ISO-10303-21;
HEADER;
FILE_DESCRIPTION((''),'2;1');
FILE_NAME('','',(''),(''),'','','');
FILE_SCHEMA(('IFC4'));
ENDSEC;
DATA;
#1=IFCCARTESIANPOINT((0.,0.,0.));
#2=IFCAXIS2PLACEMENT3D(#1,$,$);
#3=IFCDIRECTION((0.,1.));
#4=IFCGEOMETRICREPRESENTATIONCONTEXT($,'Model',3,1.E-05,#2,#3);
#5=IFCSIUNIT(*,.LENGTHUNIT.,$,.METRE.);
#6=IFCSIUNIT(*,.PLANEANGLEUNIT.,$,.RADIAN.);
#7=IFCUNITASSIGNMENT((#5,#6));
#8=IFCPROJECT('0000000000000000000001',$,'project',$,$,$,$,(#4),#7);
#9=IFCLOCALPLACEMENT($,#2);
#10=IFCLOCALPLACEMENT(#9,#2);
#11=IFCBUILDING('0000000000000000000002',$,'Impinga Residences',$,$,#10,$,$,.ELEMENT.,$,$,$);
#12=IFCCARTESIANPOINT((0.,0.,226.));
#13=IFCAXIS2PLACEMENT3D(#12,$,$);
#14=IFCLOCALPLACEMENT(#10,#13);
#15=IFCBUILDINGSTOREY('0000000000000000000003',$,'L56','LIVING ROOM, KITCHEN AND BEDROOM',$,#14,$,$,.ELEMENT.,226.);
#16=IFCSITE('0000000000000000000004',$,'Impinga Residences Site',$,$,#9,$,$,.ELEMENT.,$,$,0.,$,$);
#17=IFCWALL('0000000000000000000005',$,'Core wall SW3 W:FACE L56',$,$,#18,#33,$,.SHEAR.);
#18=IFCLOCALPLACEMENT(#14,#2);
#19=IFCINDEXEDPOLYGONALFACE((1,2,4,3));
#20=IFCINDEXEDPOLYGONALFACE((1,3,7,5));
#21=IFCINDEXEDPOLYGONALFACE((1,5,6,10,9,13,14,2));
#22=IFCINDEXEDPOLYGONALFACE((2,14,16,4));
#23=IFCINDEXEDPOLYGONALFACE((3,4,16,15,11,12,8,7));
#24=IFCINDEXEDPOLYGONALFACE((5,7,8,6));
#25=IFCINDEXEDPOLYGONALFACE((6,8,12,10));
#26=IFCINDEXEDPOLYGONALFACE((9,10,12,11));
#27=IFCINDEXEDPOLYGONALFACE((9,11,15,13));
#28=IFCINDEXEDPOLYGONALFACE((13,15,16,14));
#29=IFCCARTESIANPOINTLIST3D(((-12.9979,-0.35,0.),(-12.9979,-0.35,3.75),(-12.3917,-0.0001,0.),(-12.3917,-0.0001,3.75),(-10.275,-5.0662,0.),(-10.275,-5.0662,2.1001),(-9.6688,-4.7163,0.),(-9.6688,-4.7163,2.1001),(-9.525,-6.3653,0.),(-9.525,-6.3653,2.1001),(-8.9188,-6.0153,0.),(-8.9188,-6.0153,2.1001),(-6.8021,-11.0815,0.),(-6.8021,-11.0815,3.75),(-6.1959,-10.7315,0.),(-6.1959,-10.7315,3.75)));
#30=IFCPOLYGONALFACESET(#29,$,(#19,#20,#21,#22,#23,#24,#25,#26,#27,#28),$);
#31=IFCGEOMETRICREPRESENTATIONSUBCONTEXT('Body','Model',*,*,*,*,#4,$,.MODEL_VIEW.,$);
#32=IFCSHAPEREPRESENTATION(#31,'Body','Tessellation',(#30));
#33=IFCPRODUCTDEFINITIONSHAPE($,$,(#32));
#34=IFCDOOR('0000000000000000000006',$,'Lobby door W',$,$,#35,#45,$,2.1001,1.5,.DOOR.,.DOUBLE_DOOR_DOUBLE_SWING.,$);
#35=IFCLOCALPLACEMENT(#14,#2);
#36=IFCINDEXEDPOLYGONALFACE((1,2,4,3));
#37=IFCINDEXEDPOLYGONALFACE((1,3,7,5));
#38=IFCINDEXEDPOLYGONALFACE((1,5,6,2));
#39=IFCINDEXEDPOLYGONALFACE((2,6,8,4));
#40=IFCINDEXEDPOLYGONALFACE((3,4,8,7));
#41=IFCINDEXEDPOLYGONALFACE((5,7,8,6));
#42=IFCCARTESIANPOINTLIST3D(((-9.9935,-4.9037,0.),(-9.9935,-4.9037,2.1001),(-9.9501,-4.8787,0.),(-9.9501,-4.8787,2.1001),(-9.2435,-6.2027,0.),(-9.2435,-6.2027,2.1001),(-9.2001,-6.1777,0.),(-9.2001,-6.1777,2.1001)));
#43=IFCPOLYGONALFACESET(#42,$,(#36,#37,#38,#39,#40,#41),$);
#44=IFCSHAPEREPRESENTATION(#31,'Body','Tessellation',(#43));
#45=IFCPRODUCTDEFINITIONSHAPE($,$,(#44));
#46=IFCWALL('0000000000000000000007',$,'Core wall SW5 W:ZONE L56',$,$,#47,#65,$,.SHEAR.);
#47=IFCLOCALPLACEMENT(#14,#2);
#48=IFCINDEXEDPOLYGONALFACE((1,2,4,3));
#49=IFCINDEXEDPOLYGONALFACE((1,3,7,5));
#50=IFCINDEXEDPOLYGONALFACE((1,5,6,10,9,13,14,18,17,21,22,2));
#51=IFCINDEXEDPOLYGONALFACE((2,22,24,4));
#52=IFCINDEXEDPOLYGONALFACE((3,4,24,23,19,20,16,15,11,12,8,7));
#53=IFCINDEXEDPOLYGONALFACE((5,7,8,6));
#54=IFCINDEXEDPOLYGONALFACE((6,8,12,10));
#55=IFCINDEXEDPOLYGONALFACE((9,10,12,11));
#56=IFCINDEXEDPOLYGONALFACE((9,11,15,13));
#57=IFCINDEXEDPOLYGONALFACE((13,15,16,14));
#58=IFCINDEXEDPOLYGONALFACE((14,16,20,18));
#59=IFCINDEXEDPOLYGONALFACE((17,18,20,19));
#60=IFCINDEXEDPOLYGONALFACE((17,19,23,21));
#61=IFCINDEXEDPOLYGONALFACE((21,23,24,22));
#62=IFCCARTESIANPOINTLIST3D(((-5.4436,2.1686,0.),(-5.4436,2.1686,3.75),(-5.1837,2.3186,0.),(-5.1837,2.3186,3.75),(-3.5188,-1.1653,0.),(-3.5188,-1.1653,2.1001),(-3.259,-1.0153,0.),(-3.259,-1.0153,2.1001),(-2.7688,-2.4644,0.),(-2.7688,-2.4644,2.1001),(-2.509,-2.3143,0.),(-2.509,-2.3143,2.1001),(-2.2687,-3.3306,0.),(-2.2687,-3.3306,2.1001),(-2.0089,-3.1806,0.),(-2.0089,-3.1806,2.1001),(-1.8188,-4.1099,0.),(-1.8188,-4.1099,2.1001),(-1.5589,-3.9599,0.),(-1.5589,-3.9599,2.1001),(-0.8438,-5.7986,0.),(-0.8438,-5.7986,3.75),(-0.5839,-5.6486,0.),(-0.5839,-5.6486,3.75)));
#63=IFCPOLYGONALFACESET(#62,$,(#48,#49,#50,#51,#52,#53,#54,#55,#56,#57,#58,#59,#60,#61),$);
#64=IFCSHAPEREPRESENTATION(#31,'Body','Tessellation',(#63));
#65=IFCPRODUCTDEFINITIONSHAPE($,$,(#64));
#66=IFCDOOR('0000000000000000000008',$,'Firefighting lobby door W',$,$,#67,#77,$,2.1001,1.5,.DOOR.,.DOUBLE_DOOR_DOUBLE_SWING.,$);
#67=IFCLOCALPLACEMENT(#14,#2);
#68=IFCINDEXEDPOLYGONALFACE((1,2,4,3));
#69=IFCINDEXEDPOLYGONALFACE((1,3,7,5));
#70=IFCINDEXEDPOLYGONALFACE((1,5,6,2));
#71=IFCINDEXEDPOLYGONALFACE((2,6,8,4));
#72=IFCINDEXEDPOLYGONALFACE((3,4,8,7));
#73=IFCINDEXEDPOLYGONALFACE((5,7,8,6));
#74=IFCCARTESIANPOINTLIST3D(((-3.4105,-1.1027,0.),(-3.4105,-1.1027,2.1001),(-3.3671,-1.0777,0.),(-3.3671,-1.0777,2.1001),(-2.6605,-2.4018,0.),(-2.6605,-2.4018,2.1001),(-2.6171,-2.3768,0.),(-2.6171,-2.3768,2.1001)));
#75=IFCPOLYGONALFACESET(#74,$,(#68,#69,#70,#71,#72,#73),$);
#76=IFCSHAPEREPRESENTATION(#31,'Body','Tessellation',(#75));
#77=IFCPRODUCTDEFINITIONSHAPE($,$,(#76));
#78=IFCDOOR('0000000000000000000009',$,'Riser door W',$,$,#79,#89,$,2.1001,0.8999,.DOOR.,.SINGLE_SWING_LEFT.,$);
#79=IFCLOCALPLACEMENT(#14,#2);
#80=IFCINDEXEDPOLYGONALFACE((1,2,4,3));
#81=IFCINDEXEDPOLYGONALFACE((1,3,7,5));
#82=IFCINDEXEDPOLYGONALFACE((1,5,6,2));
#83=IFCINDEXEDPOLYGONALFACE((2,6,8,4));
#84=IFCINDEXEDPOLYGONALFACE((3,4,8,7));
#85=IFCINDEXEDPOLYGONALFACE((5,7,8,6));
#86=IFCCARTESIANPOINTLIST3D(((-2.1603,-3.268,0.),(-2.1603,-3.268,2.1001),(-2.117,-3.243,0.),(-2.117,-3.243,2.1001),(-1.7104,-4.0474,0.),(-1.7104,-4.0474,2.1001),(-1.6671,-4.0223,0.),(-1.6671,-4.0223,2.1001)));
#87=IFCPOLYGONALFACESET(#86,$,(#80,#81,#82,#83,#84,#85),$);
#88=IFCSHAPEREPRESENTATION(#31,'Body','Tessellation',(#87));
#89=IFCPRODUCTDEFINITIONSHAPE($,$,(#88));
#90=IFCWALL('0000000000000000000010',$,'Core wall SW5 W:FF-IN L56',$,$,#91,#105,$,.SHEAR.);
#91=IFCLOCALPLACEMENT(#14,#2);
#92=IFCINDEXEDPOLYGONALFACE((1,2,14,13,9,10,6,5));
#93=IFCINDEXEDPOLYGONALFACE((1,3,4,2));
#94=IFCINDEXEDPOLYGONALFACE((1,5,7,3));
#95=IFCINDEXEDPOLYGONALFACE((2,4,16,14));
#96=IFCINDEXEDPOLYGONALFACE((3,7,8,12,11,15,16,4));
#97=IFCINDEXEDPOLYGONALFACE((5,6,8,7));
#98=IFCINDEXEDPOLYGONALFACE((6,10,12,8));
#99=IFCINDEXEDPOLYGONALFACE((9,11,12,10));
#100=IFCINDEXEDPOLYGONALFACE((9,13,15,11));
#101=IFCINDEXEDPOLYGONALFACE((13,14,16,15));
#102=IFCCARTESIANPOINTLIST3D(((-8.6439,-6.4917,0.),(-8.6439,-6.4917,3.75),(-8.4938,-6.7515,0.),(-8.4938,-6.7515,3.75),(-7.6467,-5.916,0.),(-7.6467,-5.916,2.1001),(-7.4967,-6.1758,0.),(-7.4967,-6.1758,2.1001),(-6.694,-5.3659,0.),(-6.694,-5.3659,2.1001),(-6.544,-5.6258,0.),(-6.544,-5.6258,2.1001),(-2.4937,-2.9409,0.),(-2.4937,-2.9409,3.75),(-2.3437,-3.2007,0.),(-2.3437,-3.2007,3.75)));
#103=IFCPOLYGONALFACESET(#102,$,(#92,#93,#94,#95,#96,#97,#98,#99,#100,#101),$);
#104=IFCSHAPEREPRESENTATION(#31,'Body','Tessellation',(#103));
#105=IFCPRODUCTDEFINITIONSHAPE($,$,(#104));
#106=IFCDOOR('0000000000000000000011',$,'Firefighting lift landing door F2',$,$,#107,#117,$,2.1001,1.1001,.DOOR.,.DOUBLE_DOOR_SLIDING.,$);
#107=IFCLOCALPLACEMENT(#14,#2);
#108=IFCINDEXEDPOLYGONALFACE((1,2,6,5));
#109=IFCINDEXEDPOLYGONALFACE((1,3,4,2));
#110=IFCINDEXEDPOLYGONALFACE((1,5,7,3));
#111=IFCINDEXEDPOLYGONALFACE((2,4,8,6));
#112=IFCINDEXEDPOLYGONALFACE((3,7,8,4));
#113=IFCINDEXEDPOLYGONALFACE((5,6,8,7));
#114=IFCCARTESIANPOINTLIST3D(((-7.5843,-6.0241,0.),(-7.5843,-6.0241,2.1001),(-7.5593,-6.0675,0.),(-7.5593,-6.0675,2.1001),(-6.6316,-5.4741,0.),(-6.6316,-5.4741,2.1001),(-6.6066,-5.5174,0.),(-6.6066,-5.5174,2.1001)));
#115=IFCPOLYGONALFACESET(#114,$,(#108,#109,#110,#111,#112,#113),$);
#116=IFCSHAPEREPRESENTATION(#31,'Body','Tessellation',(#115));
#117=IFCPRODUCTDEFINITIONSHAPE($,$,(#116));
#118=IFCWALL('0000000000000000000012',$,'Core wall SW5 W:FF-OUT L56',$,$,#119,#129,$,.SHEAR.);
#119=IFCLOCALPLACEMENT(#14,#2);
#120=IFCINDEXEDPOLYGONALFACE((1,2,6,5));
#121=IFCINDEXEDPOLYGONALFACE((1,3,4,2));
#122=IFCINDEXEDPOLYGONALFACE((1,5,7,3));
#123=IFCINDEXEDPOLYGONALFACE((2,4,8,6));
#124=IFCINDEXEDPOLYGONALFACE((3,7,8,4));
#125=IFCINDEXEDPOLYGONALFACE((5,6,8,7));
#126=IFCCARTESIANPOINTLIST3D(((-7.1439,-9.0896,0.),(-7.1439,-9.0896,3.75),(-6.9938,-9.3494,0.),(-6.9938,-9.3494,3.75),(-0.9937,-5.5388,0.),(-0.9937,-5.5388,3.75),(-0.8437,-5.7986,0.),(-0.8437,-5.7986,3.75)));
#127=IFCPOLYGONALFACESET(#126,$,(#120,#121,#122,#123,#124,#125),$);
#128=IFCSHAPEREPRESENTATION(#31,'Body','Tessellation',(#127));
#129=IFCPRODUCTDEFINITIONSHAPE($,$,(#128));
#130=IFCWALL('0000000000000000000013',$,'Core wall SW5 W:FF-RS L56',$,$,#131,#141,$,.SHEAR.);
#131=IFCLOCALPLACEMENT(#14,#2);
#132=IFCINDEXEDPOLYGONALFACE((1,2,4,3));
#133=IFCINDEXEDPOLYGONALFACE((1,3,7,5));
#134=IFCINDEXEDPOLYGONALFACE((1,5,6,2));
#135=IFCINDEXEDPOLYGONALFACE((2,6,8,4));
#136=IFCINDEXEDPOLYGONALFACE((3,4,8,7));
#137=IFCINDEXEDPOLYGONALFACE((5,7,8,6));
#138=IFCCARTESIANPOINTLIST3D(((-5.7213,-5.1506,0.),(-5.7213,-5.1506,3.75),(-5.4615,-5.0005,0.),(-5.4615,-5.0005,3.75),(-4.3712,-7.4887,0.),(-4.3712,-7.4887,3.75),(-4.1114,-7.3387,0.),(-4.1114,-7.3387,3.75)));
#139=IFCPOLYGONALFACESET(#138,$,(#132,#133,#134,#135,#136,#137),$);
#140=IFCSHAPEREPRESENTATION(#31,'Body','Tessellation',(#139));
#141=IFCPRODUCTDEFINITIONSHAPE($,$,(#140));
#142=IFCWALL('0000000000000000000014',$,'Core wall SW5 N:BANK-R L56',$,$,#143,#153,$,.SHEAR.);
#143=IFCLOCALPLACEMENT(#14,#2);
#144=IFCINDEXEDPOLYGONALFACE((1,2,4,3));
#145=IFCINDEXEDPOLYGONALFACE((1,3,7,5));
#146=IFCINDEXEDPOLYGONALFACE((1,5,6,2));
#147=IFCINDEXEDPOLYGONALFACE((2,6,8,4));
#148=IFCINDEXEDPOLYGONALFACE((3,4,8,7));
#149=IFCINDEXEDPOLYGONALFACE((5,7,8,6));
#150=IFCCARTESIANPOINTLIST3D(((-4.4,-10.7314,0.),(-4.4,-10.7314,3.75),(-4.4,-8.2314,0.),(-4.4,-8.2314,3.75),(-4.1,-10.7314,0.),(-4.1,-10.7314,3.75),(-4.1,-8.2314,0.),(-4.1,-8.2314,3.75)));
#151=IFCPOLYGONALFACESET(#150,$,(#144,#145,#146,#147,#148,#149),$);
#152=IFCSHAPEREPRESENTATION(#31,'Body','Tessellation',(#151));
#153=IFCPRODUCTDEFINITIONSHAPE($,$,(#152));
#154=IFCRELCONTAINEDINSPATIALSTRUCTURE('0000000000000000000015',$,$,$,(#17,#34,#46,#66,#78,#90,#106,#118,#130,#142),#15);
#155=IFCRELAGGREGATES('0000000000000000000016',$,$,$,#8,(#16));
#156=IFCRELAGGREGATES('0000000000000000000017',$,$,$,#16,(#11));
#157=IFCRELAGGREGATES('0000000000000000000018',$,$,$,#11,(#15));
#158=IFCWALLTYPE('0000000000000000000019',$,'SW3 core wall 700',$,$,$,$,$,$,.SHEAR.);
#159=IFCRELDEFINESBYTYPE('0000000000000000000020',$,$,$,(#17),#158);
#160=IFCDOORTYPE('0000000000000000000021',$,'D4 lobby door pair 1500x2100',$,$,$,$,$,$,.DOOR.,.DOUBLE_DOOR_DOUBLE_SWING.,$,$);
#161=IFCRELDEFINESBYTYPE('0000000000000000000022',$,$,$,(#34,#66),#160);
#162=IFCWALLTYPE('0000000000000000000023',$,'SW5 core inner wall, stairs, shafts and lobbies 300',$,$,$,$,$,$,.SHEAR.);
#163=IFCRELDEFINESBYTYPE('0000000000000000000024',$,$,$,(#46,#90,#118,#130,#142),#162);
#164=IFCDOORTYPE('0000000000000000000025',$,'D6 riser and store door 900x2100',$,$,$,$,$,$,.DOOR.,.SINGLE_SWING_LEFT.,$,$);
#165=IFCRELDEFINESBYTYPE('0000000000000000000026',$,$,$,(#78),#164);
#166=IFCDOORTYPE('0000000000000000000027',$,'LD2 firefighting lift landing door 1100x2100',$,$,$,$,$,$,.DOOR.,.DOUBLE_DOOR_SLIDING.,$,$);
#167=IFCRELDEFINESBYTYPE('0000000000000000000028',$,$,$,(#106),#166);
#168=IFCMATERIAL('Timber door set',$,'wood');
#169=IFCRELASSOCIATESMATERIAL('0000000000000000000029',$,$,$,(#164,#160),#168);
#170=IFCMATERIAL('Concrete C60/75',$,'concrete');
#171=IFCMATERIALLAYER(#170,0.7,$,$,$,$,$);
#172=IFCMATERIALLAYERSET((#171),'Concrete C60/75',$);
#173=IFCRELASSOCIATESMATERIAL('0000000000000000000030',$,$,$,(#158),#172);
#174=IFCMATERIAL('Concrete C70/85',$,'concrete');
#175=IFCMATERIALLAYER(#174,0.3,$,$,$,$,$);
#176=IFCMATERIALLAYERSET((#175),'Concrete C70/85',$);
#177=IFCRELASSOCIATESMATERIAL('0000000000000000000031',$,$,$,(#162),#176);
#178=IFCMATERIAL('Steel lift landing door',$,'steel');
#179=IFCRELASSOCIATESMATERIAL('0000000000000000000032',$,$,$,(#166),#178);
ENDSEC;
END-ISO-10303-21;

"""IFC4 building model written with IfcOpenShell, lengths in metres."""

from ifc_helpers import new_model, si_unit, direction, frame, frame_2d, origin, place, context, subcontext, project, spatial, rectangle, extrude, material, layer, layer_set, type_object, element, fill, save


model = new_model("IFC4")

# Units and contexts
model_context = context("Model", 3, precision=1e-05, world=origin(), true_north=direction((0.0, 1.0)))
body_context = subcontext(model_context, "Body", "Model", "MODEL_VIEW")
ifc_project = project(units=[si_unit("LENGTHUNIT", "METRE"), si_unit("PLANEANGLEUNIT", "RADIAN")], contexts=[model_context])

# Site, building, storey
site_placement = place(None, origin())
site = spatial("IfcSite", under=ifc_project, at=site_placement, Name="Impinga Residences Site", CompositionType="ELEMENT", RefElevation=0.0)
building_placement = place(site_placement, origin())
building = spatial("IfcBuilding", under=site, at=building_placement, Name="Impinga Residences", CompositionType="ELEMENT")
storey_placement = place(building_placement, frame((0.0, 0.0, 226.0)))
storey = spatial("IfcBuildingStorey", under=building, at=storey_placement, Name="L56", Description="LIVING ROOM, KITCHEN AND BEDROOM", CompositionType="ELEMENT", Elevation=226.0)

# Shared definitions
ifc_material_1 = material(Name="Concrete C60/75", Category="concrete")
ifc_material_2 = material(Name="Timber door set", Category="wood")

# Shared definitions
door_type_1 = type_object("IfcDoorType", Name="D6 riser and store door 900x2100", OperationType="SINGLE_SWING_LEFT", PredefinedType="DOOR", material=ifc_material_2)

# Wall, opening, door
ifc_layer_1 = layer(ifc_material_1, 0.7)
ifc_layer_set_1 = layer_set([ifc_layer_1], Name="Concrete C60/75")
wall_type_1 = type_object("IfcWallType", Name="SW3 core wall 700", PredefinedType="SHEAR", material=ifc_layer_set_1)
wall_1_placement = place(storey_placement, frame((-6.499, -10.9065, 0.0), z_axis=(0.0, 0.0, 1.0), x_axis=(-0.5, 0.866025, 0.0)))
wall_1 = element("IfcWall", 1, at=wall_1_placement, inside=storey, type_object=wall_type_1, Name="Core wall SW3 W:FACE L56", PredefinedType="SHEAR", context=body_context, shape_type="SweptSolid", body=[
    extrude(rectangle(XDim=12.3916, YDim=0.7, at=frame_2d((6.1958, 0.0))), origin(), (0.0, 0.0, 1.0), 3.75),
])
opening_1_placement = place(wall_1_placement, frame((5.4458, 0.0, 0.0)))
opening_1 = element("IfcOpeningElement", 2, at=opening_1_placement, cuts=wall_1, PredefinedType="OPENING", context=body_context, shape_type="SweptSolid", body=[
    extrude(rectangle(XDim=1.5, YDim=2.1001, at=frame_2d((0.75, 1.05))), frame((0.0, 0.3599, 0.0), z_axis=(0.0, -1.0, 0.0), x_axis=(1.0, 0.0, 0.0)), (0.0, 0.0, 1.0), 0.72),
])
door_type_2 = type_object("IfcDoorType", Name="D4 lobby door pair 1500x2100", OperationType="DOUBLE_DOOR_DOUBLE_SWING", PredefinedType="DOOR", material=ifc_material_2)
door_1_placement = place(opening_1_placement, origin())
door_1 = element("IfcDoor", 3, at=door_1_placement, inside=storey, type_object=door_type_2, Name="Lobby door W", OperationType="DOUBLE_DOOR_DOUBLE_SWING", OverallHeight=2.1001, OverallWidth=1.5, PredefinedType="DOOR", context=body_context, shape_type="SweptSolid", body=[
    extrude(rectangle(XDim=1.5, YDim=2.1001, at=frame_2d((0.75, 1.05))), frame((0.0, 0.0249, 0.0), z_axis=(0.0, -1.0, 0.0), x_axis=(1.0, 0.0, 0.0)), (0.0, 0.0, 1.0), 0.05),
])
fill(opening_1, door_1)

# Wall, openings, doors
ifc_material_3 = material(Name="Concrete C70/85", Category="concrete")
ifc_layer_2 = layer(ifc_material_3, 0.3)
ifc_layer_set_2 = layer_set([ifc_layer_2], Name="Concrete C70/85")
wall_type_2 = type_object("IfcWallType", Name="SW5 core inner wall, stairs, shafts and lobbies 300", PredefinedType="SHEAR", material=ifc_layer_set_2)
wall_2_placement = place(storey_placement, frame((-0.7139, -5.7236, 0.0), z_axis=(0.0, 0.0, 1.0), x_axis=(-0.499995, 0.866028, 0.0)))
wall_2 = element("IfcWall", 4, at=wall_2_placement, inside=storey, type_object=wall_type_2, Name="Core wall SW5 W:ZONE L56", PredefinedType="SHEAR", context=body_context, shape_type="SweptSolid", body=[
    extrude(rectangle(XDim=9.1997, YDim=0.3, at=frame_2d((4.5999, 0.0))), origin(), (0.0, 0.0, 1.0), 3.75),
])
opening_2_placement = place(wall_2_placement, frame((3.8501, 0.0, 0.0)))
opening_2 = element("IfcOpeningElement", 5, at=opening_2_placement, cuts=wall_2, PredefinedType="OPENING", context=body_context, shape_type="SweptSolid", body=[
    extrude(rectangle(XDim=1.5, YDim=2.1001, at=frame_2d((0.75, 1.05))), frame((0.0, 0.1599, 0.0), z_axis=(0.0, -1.0, 0.0), x_axis=(1.0, 0.0, 0.0)), (0.0, 0.0, 1.0), 0.3201),
])
opening_3_placement = place(wall_2_placement, frame((1.95, 0.0, 0.0)))
opening_3 = element("IfcOpeningElement", 6, at=opening_3_placement, cuts=wall_2, PredefinedType="OPENING", context=body_context, shape_type="SweptSolid", body=[
    extrude(rectangle(XDim=0.8999, YDim=2.1001, at=frame_2d((0.45, 1.05))), frame((0.0, 0.1599, 0.0), z_axis=(0.0, -1.0, 0.0), x_axis=(1.0, 0.0, 0.0)), (0.0, 0.0, 1.0), 0.3201),
])
door_2_placement = place(opening_2_placement, origin())
door_2 = element("IfcDoor", 7, at=door_2_placement, inside=storey, type_object=door_type_2, Name="Firefighting lobby door W", OperationType="DOUBLE_DOOR_DOUBLE_SWING", OverallHeight=2.1001, OverallWidth=1.5, PredefinedType="DOOR", context=body_context, shape_type="SweptSolid", body=[
    extrude(rectangle(XDim=1.5, YDim=2.1001, at=frame_2d((0.75, 1.05))), frame((0.0, 0.0249, 0.0), z_axis=(0.0, -1.0, 0.0), x_axis=(1.0, 0.0, 0.0)), (0.0, 0.0, 1.0), 0.05),
])
fill(opening_2, door_2)
door_3_placement = place(opening_3_placement, origin())
door_3 = element("IfcDoor", 8, at=door_3_placement, inside=storey, type_object=door_type_1, Name="Riser door W", OperationType="SINGLE_SWING_LEFT", OverallHeight=2.1001, OverallWidth=0.8999, PredefinedType="DOOR", context=body_context, shape_type="SweptSolid", body=[
    extrude(rectangle(XDim=0.8999, YDim=2.1001, at=frame_2d((0.45, 1.05))), frame((0.0, 0.0249, 0.0), z_axis=(0.0, -1.0, 0.0), x_axis=(1.0, 0.0, 0.0)), (0.0, 0.0, 1.0), 0.05),
])
fill(opening_3, door_3)

# Wall, opening, door
wall_3_placement = place(storey_placement, frame((-2.4187, -3.0708, 0.0), z_axis=(0.0, 0.0, 1.0), x_axis=(-0.866026, -0.499999, 0.0)))
wall_3 = element("IfcWall", 9, at=wall_3_placement, inside=storey, type_object=wall_type_2, Name="Core wall SW5 W:FF-IN L56", PredefinedType="SHEAR", context=body_context, shape_type="SweptSolid", body=[
    extrude(rectangle(XDim=7.1016, YDim=0.3, at=frame_2d((3.5508, 0.0))), origin(), (0.0, 0.0, 1.0), 3.75),
])
opening_4_placement = place(wall_3_placement, frame((4.8501, 0.0, 0.0)))
opening_4 = element("IfcOpeningElement", 10, at=opening_4_placement, cuts=wall_3, PredefinedType="OPENING", context=body_context, shape_type="SweptSolid", body=[
    extrude(rectangle(XDim=1.1001, YDim=2.1001, at=frame_2d((0.55, 1.05))), frame((0.0, 0.1599, 0.0), z_axis=(0.0, -1.0, 0.0), x_axis=(1.0, 0.0, 0.0)), (0.0, 0.0, 1.0), 0.3201),
])
ifc_material_4 = material(Name="Steel lift landing door", Category="steel")
door_type_3 = type_object("IfcDoorType", Name="LD2 firefighting lift landing door 1100x2100", OperationType="DOUBLE_DOOR_SLIDING", PredefinedType="DOOR", material=ifc_material_4)
door_4_placement = place(opening_4_placement, origin())
door_4 = element("IfcDoor", 11, at=door_4_placement, inside=storey, type_object=door_type_3, Name="Firefighting lift landing door F2", OperationType="DOUBLE_DOOR_SLIDING", OverallHeight=2.1001, OverallWidth=1.1001, PredefinedType="DOOR", context=body_context, shape_type="SweptSolid", body=[
    extrude(rectangle(XDim=1.1001, YDim=2.1001, at=frame_2d((0.55, 1.05))), frame((0.0, 0.0249, 0.0), z_axis=(0.0, -1.0, 0.0), x_axis=(1.0, 0.0, 0.0)), (0.0, 0.0, 1.0), 0.05),
])
fill(opening_4, door_4)

# Walls
wall_4_placement = place(storey_placement, frame((-0.9187, -5.6687, 0.0), z_axis=(0.0, 0.0, 1.0), x_axis=(-0.866026, -0.499999, 0.0)))
element("IfcWall", 12, at=wall_4_placement, inside=storey, type_object=wall_type_2, Name="Core wall SW5 W:FF-OUT L56", PredefinedType="SHEAR", context=body_context, shape_type="SweptSolid", body=[
    extrude(rectangle(XDim=7.1016, YDim=0.3, at=frame_2d((3.5508, 0.0))), origin(), (0.0, 0.0, 1.0), 3.75),
])
wall_5_placement = place(storey_placement, frame((-4.2412, -7.4138, 0.0), z_axis=(0.0, 0.0, 1.0), x_axis=(-0.500049, 0.865997, 0.0)))
element("IfcWall", 13, at=wall_5_placement, inside=storey, type_object=wall_type_2, Name="Core wall SW5 W:FF-RS L56", PredefinedType="SHEAR", context=body_context, shape_type="SweptSolid", body=[
    extrude(rectangle(XDim=2.7, YDim=0.3, at=frame_2d((1.3501, 0.0))), origin(), (0.0, 0.0, 1.0), 3.75),
])
wall_6_placement = place(storey_placement, frame((-4.25, -8.2314, 0.0), z_axis=(0.0, 0.0, 1.0), x_axis=(0.0, -1.0, 0.0)))
element("IfcWall", 14, at=wall_6_placement, inside=storey, type_object=wall_type_2, Name="Core wall SW5 N:BANK-R L56", PredefinedType="SHEAR", context=body_context, shape_type="SweptSolid", body=[
    extrude(rectangle(XDim=2.5, YDim=0.3, at=frame_2d((1.25, 0.0))), origin(), (0.0, 0.0, 1.0), 3.75),
])

save(model, "model.ifc")
